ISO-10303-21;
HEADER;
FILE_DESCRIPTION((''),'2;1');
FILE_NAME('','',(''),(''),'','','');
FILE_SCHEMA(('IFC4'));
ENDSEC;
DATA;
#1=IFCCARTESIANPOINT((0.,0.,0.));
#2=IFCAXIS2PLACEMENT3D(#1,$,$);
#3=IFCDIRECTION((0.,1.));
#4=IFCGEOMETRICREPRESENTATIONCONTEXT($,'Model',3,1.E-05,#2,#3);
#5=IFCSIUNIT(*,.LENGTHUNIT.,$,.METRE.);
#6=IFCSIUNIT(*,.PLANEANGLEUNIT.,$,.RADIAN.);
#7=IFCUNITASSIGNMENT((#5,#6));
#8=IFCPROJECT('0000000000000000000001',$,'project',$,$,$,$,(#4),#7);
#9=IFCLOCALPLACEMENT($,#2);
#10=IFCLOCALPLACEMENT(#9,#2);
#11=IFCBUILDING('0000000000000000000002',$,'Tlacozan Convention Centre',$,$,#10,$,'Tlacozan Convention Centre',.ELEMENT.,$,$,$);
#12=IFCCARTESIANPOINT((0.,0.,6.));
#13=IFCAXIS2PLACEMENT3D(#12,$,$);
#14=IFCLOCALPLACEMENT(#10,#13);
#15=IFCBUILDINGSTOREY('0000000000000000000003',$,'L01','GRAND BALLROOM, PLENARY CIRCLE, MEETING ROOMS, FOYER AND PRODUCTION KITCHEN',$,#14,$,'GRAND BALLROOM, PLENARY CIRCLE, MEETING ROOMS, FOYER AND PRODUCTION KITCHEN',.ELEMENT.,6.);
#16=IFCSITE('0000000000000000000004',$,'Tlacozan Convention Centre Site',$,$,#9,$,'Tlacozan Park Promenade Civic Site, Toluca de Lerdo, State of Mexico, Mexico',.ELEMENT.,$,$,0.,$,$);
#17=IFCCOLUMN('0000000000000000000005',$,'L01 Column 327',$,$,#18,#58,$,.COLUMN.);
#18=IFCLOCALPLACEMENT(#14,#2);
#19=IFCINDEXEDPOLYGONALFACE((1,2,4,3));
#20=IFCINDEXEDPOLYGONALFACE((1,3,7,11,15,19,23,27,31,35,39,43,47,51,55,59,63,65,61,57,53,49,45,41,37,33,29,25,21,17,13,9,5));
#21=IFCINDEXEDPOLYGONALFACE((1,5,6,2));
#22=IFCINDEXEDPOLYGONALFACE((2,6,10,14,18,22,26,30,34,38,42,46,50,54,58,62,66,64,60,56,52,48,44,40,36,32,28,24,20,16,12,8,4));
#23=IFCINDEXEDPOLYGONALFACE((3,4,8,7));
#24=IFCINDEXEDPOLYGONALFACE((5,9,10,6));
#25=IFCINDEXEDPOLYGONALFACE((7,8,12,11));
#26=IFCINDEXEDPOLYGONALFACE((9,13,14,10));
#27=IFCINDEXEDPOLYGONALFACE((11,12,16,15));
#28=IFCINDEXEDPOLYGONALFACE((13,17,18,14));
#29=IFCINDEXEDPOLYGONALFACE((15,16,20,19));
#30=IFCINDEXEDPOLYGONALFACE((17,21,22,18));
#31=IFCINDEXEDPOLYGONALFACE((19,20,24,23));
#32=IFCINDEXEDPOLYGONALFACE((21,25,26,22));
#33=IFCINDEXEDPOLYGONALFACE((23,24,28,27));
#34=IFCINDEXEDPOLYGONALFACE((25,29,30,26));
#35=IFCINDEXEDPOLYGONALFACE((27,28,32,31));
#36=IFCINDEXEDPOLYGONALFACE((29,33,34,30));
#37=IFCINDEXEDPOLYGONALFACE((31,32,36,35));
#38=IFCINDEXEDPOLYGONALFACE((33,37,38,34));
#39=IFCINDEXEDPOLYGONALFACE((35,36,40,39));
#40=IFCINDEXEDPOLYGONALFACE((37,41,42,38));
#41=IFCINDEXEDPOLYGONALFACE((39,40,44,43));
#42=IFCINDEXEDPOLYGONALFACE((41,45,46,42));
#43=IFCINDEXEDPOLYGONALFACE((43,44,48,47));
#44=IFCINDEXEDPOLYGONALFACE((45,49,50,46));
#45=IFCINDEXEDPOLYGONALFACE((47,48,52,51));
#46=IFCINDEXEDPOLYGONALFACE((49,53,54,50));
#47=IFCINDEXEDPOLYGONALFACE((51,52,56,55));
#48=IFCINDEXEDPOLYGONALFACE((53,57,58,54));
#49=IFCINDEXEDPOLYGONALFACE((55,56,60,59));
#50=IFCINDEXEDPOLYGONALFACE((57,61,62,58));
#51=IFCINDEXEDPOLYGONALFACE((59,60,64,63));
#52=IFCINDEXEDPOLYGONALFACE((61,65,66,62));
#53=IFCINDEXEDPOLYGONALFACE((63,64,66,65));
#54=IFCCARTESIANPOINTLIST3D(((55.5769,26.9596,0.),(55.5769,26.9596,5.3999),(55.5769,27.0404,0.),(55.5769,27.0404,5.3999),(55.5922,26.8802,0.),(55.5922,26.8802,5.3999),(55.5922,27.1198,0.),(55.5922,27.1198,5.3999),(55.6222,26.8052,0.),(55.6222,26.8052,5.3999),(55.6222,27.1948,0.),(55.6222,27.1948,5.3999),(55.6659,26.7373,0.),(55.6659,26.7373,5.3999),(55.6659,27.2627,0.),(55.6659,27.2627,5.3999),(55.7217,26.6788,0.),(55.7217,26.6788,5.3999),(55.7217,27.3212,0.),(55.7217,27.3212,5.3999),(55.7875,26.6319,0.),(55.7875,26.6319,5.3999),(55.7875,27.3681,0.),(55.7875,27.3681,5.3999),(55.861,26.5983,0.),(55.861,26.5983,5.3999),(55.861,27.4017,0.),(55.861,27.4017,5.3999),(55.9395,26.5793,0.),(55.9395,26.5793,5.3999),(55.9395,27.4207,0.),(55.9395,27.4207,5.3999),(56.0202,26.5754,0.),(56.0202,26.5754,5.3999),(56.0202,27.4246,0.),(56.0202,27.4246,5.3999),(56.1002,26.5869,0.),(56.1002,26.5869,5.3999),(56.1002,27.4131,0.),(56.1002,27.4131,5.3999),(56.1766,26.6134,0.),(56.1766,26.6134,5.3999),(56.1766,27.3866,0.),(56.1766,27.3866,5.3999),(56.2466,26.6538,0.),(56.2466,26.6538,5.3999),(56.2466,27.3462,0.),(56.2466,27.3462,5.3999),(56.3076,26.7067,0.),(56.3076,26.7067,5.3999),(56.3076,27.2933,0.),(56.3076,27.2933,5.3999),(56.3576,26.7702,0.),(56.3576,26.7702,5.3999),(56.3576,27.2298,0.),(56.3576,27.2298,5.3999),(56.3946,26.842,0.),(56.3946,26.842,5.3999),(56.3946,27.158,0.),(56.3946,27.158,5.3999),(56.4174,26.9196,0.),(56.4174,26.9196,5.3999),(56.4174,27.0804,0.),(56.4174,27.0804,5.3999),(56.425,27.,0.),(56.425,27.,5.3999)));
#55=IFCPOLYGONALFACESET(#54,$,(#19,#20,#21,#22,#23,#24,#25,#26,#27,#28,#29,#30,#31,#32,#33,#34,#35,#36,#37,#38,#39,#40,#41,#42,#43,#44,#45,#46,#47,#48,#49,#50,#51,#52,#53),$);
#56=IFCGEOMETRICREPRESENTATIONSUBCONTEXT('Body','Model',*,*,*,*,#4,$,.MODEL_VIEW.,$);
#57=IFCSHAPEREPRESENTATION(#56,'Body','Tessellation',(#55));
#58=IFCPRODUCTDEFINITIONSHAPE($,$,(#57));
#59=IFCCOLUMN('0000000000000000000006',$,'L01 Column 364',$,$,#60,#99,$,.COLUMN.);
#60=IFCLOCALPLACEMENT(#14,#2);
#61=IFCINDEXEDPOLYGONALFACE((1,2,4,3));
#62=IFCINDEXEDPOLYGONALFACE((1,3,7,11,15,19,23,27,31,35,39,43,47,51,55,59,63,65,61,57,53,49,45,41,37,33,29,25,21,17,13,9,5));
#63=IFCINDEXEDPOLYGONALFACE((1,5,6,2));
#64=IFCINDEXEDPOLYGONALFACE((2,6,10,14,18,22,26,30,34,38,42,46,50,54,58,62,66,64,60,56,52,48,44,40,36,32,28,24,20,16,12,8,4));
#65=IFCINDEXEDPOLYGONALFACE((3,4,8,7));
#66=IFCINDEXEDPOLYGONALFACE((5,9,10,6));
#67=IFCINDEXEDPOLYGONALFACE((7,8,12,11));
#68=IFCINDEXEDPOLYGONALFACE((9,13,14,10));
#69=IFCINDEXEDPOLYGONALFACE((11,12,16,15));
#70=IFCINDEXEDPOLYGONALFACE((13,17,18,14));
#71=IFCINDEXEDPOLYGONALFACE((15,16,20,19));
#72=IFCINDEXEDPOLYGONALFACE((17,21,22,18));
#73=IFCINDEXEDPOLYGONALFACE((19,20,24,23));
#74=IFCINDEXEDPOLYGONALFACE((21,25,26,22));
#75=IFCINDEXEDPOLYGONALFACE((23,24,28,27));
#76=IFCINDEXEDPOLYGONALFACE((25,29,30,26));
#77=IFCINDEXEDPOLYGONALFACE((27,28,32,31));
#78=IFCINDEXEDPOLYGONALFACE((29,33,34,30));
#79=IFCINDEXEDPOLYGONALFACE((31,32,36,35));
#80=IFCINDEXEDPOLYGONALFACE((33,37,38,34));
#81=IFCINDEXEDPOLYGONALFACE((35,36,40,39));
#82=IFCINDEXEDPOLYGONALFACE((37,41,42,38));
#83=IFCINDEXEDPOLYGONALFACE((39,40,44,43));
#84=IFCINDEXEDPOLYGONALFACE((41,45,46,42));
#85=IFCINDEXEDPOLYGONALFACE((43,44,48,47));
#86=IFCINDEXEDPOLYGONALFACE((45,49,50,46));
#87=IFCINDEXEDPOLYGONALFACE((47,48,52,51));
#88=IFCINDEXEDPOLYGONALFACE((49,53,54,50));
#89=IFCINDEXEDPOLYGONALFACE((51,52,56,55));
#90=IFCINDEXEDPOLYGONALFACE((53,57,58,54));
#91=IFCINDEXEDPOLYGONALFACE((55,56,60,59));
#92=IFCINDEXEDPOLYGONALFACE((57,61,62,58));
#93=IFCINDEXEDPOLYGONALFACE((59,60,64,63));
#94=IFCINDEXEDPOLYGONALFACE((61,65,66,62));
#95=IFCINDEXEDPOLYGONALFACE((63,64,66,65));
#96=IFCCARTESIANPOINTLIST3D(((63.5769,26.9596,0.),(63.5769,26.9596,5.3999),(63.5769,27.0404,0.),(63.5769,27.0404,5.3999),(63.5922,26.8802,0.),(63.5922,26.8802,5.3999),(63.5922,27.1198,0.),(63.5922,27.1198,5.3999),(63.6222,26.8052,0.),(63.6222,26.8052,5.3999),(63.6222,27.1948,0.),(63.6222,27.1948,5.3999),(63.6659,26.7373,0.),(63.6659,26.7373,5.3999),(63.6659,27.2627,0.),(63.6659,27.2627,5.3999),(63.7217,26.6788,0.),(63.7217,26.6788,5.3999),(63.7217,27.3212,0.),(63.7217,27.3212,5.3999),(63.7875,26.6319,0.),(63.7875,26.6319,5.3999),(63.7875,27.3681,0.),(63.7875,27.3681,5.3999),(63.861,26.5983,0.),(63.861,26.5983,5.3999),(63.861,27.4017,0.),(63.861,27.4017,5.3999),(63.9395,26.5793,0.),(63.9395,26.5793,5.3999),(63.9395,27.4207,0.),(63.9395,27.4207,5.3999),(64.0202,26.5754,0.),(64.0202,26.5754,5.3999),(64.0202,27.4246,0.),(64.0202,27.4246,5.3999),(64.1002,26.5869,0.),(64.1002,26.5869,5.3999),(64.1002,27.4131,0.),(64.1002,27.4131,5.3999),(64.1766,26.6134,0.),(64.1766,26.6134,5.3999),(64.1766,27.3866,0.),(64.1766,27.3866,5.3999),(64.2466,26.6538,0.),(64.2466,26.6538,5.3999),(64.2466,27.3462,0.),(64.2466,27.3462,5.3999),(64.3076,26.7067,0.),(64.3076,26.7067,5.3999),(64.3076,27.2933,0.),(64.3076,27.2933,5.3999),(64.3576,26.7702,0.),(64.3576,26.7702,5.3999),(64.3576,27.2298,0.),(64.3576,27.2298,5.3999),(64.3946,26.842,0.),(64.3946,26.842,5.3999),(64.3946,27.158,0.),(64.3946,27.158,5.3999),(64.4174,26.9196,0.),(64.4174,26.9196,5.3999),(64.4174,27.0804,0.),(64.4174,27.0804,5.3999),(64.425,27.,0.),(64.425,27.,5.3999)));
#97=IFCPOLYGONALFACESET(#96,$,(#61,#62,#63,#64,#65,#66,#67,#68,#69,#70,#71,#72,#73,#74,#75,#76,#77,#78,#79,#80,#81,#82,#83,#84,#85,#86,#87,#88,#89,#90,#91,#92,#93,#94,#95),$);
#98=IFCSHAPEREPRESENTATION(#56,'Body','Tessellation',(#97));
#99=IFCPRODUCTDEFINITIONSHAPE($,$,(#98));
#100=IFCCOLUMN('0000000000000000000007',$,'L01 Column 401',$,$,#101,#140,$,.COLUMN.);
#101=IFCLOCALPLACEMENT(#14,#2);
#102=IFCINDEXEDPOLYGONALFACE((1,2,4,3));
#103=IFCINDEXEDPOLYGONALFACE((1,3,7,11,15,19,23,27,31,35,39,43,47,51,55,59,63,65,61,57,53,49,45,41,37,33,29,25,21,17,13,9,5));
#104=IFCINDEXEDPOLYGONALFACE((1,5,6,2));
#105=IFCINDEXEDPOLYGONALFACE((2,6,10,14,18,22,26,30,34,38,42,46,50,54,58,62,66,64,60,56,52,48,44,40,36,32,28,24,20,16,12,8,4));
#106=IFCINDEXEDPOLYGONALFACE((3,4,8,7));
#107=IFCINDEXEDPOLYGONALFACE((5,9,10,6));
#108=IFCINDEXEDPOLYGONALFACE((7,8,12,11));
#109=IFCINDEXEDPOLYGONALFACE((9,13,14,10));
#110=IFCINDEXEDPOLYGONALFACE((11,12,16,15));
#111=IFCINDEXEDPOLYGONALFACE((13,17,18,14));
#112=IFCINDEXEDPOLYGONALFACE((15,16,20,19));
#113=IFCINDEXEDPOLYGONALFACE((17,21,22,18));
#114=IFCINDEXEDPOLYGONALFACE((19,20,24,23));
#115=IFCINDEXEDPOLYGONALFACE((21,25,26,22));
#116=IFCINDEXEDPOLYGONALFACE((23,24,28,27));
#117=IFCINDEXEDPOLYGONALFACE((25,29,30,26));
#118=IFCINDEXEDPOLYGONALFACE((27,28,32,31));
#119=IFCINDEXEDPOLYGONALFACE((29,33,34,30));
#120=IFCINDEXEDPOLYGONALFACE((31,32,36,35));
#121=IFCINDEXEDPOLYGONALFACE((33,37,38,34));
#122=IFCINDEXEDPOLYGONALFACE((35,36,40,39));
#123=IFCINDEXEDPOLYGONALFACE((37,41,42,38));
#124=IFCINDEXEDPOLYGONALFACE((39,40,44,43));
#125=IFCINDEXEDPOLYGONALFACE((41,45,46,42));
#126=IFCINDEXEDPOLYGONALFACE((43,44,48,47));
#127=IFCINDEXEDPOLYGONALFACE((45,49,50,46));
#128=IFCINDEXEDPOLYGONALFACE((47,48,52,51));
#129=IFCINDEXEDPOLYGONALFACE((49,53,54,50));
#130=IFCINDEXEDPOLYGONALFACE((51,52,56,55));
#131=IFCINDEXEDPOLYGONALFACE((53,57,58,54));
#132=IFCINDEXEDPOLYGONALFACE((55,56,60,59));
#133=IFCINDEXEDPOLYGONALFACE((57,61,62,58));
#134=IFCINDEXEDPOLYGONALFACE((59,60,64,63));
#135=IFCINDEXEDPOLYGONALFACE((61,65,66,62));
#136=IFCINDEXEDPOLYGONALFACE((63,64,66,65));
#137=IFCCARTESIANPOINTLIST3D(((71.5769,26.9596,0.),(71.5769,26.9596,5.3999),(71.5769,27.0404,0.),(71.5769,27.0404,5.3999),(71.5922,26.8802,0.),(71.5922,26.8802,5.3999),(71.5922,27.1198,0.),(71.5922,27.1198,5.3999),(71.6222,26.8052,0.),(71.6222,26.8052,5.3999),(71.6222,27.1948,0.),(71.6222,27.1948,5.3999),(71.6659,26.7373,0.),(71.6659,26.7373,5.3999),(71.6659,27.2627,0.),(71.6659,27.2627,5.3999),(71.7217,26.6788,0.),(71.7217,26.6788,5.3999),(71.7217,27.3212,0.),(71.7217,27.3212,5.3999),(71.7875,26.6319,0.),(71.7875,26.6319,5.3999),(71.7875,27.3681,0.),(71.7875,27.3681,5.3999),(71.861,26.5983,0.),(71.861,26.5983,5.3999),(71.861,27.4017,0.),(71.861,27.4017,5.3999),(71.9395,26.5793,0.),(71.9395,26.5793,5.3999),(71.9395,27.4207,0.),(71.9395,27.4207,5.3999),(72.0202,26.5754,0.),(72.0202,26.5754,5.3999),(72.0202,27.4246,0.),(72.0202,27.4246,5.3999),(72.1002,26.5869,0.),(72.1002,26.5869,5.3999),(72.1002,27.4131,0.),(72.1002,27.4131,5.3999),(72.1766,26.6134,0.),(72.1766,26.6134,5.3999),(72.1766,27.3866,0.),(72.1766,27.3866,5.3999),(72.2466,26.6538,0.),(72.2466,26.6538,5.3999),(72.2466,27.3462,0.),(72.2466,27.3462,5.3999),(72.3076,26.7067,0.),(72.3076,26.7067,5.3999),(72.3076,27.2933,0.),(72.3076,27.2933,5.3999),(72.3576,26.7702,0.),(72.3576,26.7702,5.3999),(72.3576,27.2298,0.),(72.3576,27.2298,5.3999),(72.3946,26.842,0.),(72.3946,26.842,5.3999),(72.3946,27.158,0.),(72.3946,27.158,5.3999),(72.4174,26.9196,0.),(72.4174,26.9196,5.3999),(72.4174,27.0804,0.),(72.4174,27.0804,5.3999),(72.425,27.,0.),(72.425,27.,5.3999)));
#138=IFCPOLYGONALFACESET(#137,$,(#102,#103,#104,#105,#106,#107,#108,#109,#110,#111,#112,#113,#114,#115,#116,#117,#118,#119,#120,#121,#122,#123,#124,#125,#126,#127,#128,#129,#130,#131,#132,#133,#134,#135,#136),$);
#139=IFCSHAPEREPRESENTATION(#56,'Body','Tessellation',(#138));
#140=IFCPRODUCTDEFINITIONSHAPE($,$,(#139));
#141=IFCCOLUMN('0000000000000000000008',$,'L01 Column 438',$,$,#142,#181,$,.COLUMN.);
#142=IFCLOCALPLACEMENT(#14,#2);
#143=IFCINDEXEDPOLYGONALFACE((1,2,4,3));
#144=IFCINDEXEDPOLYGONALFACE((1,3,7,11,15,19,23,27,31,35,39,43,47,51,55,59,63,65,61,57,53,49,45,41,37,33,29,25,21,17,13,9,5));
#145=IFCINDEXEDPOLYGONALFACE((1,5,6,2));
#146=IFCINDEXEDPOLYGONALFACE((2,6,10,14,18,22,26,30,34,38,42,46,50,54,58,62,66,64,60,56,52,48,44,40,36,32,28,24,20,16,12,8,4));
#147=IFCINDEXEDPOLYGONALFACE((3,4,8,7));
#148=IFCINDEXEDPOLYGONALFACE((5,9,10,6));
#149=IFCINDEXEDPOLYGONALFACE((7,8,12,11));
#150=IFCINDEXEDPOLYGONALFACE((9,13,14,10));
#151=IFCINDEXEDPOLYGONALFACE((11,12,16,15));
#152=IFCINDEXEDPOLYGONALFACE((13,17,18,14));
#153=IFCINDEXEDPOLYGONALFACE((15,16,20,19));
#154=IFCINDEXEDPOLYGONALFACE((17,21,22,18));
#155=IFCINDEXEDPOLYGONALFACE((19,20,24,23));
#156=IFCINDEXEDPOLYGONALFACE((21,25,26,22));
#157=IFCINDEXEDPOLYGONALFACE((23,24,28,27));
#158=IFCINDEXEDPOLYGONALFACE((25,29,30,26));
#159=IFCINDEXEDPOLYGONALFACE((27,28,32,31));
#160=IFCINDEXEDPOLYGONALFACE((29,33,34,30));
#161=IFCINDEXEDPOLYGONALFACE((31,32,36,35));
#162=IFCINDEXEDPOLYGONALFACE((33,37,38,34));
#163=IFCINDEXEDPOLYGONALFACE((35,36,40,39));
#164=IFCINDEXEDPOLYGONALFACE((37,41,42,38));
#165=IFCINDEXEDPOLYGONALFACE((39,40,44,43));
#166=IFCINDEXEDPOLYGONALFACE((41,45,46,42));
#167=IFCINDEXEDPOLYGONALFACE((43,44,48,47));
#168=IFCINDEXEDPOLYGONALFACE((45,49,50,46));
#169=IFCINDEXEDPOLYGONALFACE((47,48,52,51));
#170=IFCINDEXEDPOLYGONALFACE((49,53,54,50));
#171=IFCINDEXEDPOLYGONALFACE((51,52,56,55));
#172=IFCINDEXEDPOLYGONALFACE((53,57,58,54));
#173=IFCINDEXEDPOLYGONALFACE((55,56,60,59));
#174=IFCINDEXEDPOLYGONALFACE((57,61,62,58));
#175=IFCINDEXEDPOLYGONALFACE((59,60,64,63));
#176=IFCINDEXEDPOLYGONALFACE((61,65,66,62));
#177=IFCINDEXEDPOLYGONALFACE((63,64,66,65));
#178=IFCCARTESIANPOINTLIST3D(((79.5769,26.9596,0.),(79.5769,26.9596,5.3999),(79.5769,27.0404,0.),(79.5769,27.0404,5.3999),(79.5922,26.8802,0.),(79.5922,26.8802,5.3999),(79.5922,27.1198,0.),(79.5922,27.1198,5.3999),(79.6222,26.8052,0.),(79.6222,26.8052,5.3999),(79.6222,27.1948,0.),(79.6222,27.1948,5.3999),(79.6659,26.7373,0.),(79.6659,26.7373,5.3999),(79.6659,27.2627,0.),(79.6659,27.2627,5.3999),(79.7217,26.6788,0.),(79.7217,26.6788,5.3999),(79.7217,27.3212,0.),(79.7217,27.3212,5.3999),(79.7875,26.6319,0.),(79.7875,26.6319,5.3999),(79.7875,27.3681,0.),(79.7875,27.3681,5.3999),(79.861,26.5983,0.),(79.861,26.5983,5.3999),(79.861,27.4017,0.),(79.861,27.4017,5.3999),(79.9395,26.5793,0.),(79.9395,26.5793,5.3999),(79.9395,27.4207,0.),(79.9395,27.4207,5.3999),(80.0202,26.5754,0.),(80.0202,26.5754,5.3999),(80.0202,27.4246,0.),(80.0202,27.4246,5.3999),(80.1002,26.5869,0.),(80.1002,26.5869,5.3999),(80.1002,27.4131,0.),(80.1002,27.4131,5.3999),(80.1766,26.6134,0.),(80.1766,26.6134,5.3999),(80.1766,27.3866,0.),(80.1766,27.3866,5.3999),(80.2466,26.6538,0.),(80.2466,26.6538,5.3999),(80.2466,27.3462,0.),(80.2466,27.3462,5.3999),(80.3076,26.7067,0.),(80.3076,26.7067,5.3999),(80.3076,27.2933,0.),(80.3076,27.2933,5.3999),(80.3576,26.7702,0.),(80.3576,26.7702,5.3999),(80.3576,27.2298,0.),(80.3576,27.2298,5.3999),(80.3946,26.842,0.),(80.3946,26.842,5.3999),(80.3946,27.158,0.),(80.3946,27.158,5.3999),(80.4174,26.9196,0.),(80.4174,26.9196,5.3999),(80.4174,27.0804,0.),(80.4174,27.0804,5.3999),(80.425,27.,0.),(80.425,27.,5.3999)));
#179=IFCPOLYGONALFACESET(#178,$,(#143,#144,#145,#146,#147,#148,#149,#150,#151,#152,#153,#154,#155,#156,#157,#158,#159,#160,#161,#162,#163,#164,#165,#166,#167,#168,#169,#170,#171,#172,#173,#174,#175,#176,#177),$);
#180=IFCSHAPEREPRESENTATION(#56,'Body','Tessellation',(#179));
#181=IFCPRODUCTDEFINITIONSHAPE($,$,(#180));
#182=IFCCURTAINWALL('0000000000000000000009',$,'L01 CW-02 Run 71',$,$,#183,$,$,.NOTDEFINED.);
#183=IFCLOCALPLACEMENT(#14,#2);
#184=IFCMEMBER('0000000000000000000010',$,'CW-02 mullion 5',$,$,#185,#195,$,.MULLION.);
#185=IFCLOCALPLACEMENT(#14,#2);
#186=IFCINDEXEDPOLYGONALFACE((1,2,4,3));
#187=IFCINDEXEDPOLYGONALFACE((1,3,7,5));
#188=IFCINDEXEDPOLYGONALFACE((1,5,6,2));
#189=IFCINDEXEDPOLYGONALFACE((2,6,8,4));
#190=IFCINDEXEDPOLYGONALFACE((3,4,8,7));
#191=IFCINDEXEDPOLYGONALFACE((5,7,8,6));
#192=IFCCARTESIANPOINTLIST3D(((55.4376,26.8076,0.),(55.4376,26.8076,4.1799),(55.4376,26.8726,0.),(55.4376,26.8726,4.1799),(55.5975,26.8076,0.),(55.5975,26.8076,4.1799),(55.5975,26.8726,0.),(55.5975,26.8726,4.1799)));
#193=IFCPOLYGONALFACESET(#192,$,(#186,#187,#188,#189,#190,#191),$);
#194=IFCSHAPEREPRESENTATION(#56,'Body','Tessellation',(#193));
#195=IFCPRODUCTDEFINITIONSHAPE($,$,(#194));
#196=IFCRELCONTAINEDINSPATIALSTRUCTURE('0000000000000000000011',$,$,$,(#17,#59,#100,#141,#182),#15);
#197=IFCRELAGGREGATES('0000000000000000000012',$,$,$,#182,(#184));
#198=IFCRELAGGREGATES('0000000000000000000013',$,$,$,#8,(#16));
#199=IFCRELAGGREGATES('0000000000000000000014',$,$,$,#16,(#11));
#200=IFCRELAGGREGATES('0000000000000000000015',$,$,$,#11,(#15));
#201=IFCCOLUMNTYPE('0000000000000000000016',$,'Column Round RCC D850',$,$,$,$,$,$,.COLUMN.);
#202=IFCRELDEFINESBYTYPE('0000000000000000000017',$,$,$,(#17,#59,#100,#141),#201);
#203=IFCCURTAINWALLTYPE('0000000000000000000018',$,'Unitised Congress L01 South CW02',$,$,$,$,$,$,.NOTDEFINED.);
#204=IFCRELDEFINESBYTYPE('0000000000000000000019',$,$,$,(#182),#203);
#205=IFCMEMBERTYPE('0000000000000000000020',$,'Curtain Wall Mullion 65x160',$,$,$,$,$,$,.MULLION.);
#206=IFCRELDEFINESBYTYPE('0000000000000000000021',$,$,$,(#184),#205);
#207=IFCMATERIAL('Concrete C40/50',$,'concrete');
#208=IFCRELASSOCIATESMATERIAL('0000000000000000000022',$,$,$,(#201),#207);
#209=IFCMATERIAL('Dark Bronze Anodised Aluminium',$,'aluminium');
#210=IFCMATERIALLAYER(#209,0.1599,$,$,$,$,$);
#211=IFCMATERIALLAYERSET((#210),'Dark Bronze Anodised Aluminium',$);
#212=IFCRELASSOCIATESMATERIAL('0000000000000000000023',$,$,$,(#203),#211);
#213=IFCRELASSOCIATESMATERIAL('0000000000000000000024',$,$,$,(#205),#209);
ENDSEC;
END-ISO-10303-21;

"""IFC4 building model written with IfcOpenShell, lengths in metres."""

from ifc_helpers import new_model, si_unit, direction, frame, origin, origin_2d, place, context, subcontext, project, spatial, rectangle, circle, extrude, material, layer, layer_set, material_profile, profile_set, type_object, element, aggregate, save


model = new_model("IFC4")

# Units and contexts
model_context = context("Model", 3, precision=1e-05, world=origin(), true_north=direction((0.0, 1.0)))
body_context = subcontext(model_context, "Body", "Model", "MODEL_VIEW")
ifc_project = project(units=[si_unit("LENGTHUNIT", "METRE"), si_unit("PLANEANGLEUNIT", "RADIAN")], contexts=[model_context])

# Site, building, storey
site_placement = place(None, origin())
site = spatial("IfcSite", under=ifc_project, at=site_placement, Name="Tlacozan Convention Centre Site", LongName="Tlacozan Park Promenade Civic Site, Toluca de Lerdo, State of Mexico, Mexico", CompositionType="ELEMENT", RefElevation=0.0)
building_placement = place(site_placement, origin())
building = spatial("IfcBuilding", under=site, at=building_placement, Name="Tlacozan Convention Centre", LongName="Tlacozan Convention Centre", CompositionType="ELEMENT")
storey_placement = place(building_placement, frame((0.0, 0.0, 6.0)))
storey = spatial("IfcBuildingStorey", under=building, at=storey_placement, Name="L01", Description="GRAND BALLROOM, PLENARY CIRCLE, MEETING ROOMS, FOYER AND PRODUCTION KITCHEN", LongName="GRAND BALLROOM, PLENARY CIRCLE, MEETING ROOMS, FOYER AND PRODUCTION KITCHEN", CompositionType="ELEMENT", Elevation=6.0)

# Columns
ifc_material_1 = material(Name="Concrete C40/50", Category="concrete")
ifc_material_profile_1 = material_profile(ifc_material_1, circle(Radius=0.425, at=origin_2d()), Name="RCC D850")
ifc_profile_set_1 = profile_set([ifc_material_profile_1], Name="Concrete C40/50")
column_type = type_object("IfcColumnType", Name="Column Round RCC D850", PredefinedType="COLUMN", material=ifc_profile_set_1)
for number, where, z_axis, x_axis, name in (
    (1, (56.0, 27.0, 0.0), (0.0, 0.0, 1.0), (1.0, 0.0, 0.0), "L01 Column 327"),
    (2, (64.0, 27.0, 0.0), (0.0, 0.0, 1.0), (1.0, 0.0, 0.0), "L01 Column 364"),
    (3, (72.0, 27.0, 0.0), (0.0, 0.0, 1.0), (1.0, 0.0, 0.0), "L01 Column 401"),
    (4, (80.0, 27.0, 0.0), (0.0, 0.0, 1.0), (1.0, 0.0, 0.0), "L01 Column 438"),
):
    element("IfcColumn", number, at=place(storey_placement, frame(where, z_axis=z_axis, x_axis=x_axis)), inside=storey, type_object=column_type, Name=name, PredefinedType="COLUMN", context=body_context, shape_type="SweptSolid", body=[
        extrude(circle(Radius=0.425, at=origin_2d()), origin(), (0.0, 0.0, 1.0), 5.3999),
    ])

# Curtain wall, member
ifc_material_2 = material(Name="Dark Bronze Anodised Aluminium", Category="aluminium")
ifc_layer_1 = layer(ifc_material_2, 0.1599)
ifc_layer_set_1 = layer_set([ifc_layer_1], Name="Dark Bronze Anodised Aluminium")
curtain_wall_type = type_object("IfcCurtainWallType", Name="Unitised Congress L01 South CW02", PredefinedType="NOTDEFINED", material=ifc_layer_set_1)
curtain_wall_placement = place(storey_placement, origin())
curtain_wall = element("IfcCurtainWall", 5, at=curtain_wall_placement, inside=storey, type_object=curtain_wall_type, Name="L01 CW-02 Run 71", PredefinedType="NOTDEFINED")
ifc_material_profile_2 = material_profile(ifc_material_2, rectangle(XDim=0.0649, YDim=0.1599, at=origin_2d()), Name="ALU 65x160")
ifc_profile_set_2 = profile_set([ifc_material_profile_2], Name="Dark Bronze Anodised Aluminium")
member_type = type_object("IfcMemberType", Name="Curtain Wall Mullion 65x160", PredefinedType="MULLION", material=ifc_profile_set_2)
member_placement = place(storey_placement, frame((55.5176, 26.8401, 0.0), z_axis=(0.0, 0.0, 1.0), x_axis=(0.0, 1.0, 0.0)))
member = element("IfcMember", 6, at=member_placement, type_object=member_type, Name="CW-02 mullion 5", PredefinedType="MULLION", context=body_context, shape_type="SweptSolid", body=[
    extrude(rectangle(XDim=0.0649, YDim=0.1599, at=origin_2d()), origin(), (0.0, 0.0, 1.0), 4.1799),
])

aggregate(curtain_wall, [member])

save(model, "model.ifc")
